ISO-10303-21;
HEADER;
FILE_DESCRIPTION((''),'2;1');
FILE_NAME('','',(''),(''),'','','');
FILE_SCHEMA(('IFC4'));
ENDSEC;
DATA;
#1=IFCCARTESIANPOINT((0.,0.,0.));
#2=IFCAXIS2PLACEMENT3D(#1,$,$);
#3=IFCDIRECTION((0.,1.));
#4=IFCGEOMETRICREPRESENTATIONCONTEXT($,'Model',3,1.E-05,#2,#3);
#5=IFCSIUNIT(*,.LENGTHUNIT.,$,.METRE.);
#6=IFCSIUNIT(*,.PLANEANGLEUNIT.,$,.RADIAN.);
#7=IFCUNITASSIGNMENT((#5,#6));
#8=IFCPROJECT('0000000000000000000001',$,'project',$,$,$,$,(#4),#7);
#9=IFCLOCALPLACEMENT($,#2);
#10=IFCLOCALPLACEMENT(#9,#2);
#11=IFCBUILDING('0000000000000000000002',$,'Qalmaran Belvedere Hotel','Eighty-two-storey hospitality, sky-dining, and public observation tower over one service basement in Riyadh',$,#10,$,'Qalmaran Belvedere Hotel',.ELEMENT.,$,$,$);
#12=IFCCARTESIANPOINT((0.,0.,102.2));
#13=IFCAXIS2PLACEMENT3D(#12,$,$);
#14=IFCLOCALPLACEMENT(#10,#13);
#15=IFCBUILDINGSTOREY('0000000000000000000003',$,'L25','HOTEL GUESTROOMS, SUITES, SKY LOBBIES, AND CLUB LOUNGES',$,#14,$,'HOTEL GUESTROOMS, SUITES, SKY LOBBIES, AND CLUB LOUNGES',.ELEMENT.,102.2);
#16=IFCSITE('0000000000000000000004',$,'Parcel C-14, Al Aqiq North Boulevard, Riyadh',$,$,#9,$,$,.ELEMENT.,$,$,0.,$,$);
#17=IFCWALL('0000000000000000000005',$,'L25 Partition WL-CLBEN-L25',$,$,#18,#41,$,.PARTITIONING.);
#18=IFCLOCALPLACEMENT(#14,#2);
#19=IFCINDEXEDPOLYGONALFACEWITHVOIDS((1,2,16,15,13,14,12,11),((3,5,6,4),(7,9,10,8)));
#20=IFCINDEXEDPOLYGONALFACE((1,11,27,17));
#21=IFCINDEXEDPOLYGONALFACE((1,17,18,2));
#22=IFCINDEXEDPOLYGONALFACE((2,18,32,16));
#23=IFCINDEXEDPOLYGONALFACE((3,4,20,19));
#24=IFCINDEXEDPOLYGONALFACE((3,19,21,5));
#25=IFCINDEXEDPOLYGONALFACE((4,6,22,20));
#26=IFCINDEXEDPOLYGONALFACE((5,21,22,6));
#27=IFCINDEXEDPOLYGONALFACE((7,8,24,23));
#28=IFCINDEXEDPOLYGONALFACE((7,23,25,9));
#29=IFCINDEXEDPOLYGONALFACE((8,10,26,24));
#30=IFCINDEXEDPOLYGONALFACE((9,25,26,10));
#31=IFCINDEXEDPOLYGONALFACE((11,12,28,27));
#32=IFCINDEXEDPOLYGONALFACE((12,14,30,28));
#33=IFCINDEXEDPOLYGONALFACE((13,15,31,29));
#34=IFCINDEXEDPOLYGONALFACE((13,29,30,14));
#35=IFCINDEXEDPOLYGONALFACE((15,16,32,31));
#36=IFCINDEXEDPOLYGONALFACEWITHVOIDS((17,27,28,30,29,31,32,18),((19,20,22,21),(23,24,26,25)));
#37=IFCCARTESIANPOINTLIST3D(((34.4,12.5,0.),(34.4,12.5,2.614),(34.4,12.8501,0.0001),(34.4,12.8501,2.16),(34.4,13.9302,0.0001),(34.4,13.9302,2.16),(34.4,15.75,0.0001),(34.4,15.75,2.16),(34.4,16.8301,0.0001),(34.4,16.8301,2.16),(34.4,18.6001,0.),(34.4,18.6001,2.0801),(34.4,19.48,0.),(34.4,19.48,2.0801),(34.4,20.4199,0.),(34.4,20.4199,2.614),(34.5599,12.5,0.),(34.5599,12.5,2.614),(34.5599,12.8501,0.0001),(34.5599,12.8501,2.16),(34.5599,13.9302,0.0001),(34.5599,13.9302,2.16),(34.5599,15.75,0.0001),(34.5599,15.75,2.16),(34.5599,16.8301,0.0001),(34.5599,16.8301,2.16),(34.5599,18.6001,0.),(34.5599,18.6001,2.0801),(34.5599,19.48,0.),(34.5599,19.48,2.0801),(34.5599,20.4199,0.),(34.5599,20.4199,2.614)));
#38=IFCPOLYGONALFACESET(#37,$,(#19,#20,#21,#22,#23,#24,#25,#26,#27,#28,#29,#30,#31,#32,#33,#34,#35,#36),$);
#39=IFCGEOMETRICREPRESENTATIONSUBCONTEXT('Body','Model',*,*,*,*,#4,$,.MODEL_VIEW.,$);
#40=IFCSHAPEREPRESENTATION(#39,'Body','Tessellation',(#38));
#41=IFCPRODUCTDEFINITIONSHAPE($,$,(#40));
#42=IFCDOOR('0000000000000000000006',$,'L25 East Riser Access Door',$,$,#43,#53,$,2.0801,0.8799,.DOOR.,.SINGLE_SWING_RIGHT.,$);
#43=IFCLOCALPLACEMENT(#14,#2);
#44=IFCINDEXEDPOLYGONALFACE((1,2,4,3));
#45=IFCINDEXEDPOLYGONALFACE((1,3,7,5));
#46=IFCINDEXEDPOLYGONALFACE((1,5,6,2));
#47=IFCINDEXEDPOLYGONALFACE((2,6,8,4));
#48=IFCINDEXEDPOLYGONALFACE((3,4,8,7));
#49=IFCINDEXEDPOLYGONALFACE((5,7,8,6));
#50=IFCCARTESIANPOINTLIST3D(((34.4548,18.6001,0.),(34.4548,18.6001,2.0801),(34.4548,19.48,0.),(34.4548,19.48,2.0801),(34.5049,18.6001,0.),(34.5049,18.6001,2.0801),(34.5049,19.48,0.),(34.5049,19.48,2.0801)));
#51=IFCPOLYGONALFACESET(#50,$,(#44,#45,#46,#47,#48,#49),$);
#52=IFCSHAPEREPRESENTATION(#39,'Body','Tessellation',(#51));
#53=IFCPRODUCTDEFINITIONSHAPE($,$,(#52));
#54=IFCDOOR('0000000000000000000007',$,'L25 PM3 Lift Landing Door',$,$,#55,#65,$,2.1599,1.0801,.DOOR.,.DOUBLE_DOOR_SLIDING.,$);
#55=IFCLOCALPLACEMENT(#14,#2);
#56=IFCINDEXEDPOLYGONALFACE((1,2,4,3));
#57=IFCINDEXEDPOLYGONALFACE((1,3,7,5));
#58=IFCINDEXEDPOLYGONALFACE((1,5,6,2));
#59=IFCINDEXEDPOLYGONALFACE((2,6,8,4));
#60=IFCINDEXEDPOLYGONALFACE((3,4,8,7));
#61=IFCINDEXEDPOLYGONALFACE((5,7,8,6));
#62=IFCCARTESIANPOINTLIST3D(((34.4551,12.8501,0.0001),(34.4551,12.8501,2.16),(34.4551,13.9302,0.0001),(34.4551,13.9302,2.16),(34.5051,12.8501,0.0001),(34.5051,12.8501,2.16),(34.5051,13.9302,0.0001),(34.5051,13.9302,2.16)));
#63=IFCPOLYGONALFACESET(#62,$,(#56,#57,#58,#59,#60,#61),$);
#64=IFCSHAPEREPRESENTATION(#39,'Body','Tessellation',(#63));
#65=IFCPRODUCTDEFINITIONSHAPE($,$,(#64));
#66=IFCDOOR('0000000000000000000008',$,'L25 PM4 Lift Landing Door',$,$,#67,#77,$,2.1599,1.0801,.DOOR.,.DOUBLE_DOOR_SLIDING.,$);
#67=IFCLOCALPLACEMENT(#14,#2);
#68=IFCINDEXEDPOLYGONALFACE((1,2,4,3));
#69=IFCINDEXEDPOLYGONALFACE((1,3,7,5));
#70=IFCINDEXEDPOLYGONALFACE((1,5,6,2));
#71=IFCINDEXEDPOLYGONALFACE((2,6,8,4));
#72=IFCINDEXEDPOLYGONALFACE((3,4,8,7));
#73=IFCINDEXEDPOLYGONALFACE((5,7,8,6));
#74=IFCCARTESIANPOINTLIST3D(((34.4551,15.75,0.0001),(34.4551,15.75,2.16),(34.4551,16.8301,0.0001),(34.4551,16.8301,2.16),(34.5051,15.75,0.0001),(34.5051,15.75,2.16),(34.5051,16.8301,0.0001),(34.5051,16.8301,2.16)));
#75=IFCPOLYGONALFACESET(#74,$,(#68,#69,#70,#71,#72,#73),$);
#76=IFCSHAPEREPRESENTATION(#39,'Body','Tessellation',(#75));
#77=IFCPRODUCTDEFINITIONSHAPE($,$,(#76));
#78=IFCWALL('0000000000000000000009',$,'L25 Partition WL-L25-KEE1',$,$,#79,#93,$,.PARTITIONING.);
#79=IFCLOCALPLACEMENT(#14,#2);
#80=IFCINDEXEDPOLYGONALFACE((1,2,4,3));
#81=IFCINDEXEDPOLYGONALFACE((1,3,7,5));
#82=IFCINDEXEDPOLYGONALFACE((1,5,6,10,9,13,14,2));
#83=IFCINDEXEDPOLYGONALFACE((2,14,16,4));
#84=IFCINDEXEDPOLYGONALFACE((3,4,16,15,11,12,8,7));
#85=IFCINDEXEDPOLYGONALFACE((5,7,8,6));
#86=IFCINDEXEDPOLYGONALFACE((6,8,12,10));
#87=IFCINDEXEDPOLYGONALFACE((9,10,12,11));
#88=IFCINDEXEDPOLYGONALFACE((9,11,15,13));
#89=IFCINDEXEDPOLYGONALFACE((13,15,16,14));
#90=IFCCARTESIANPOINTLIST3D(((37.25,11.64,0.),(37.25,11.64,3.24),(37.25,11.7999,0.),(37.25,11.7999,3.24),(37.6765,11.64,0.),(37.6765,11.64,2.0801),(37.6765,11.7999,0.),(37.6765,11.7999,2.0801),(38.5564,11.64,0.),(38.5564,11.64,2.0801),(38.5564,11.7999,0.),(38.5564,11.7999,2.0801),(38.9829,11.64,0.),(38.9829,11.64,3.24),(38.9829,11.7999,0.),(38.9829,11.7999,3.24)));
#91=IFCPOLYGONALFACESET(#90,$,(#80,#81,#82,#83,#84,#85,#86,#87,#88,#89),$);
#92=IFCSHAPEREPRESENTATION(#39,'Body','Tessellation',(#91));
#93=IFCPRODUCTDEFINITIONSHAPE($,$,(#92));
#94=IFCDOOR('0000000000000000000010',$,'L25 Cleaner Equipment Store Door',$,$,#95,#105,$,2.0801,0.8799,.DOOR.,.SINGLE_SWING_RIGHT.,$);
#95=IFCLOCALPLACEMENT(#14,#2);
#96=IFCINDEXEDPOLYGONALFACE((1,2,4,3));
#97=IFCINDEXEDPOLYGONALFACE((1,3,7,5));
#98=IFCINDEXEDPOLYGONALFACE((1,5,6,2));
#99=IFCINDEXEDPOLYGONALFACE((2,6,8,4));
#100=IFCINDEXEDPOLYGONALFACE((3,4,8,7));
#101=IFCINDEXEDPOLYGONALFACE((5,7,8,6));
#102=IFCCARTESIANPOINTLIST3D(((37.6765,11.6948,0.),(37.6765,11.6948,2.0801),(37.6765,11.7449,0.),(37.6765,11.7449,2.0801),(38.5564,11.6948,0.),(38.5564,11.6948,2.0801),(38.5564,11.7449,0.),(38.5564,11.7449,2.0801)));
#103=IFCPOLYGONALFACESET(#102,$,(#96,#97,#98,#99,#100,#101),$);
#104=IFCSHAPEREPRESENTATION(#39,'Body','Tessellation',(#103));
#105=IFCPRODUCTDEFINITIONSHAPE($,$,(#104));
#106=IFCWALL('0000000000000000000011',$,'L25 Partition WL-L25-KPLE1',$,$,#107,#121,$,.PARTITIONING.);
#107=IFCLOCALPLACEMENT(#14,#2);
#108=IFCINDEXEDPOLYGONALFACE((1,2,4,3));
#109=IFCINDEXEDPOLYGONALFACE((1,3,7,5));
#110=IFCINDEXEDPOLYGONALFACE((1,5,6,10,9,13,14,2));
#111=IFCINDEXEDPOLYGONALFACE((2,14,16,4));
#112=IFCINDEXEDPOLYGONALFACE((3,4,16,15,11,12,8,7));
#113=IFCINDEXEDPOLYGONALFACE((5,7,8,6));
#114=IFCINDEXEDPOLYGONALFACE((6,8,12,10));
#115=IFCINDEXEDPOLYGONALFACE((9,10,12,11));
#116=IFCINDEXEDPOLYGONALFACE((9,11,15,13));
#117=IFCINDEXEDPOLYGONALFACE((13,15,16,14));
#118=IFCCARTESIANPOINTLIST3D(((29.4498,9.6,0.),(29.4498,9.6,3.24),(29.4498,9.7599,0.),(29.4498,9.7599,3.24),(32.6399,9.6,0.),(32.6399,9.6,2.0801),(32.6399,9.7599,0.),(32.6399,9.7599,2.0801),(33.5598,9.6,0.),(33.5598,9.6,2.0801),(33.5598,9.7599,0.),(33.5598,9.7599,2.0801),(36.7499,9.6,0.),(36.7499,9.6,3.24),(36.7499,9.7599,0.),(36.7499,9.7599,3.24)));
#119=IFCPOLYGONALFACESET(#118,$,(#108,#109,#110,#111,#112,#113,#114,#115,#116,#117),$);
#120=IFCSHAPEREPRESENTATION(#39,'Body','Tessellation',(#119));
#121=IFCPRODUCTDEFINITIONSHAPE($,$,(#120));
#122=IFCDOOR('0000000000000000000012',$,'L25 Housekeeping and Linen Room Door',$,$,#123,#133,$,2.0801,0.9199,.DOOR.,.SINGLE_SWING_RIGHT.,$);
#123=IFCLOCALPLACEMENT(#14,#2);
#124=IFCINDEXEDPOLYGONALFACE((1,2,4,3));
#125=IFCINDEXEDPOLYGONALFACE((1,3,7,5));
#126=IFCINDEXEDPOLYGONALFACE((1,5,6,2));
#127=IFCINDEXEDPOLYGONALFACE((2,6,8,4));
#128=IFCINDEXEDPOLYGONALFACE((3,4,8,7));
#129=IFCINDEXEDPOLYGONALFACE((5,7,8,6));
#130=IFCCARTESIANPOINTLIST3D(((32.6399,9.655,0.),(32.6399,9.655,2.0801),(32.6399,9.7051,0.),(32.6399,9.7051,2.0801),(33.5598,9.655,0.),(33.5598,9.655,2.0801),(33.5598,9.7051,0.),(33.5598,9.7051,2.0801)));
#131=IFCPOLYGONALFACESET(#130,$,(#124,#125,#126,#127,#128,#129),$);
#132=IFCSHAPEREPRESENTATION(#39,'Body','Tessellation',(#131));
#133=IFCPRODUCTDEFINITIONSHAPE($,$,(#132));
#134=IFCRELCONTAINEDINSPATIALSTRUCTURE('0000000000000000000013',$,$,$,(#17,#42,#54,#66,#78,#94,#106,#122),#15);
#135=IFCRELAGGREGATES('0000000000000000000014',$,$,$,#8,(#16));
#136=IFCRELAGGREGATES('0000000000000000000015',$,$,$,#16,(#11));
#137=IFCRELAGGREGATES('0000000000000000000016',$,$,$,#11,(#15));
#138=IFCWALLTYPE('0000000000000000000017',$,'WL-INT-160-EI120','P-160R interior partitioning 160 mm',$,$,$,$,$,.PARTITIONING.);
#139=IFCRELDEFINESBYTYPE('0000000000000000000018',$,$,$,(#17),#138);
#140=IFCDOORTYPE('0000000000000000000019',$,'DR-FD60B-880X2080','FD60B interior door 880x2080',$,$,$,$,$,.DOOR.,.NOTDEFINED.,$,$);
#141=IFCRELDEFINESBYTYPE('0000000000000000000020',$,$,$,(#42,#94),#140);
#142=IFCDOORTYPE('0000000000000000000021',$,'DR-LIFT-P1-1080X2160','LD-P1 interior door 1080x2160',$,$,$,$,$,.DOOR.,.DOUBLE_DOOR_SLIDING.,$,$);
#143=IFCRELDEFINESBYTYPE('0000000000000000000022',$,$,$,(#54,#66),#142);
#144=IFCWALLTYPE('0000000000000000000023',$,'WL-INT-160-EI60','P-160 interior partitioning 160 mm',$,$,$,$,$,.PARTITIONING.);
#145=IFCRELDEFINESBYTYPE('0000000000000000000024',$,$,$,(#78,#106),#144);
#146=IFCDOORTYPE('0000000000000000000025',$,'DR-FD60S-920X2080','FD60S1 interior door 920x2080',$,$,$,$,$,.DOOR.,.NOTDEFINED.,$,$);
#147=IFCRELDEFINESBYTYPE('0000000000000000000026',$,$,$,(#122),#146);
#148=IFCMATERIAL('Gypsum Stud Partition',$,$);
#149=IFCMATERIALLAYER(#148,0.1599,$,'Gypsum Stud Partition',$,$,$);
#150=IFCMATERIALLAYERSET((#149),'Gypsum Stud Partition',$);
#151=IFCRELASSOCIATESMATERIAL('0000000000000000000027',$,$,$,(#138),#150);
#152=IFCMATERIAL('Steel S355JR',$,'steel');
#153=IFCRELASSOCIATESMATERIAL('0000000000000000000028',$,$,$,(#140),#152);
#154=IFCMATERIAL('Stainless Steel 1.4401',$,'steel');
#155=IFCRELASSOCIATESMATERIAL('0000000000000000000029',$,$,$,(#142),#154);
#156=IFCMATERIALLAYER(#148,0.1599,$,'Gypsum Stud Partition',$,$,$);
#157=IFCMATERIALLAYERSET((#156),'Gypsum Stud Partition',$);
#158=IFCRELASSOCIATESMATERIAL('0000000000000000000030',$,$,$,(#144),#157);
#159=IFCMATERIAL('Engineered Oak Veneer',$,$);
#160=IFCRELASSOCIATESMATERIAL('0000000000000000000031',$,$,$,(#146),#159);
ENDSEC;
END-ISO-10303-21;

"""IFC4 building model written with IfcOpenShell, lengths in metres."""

from ifc_helpers import new_model, si_unit, direction, frame, frame_2d, origin, place, context, subcontext, project, spatial, rectangle, extrude, material, layer, layer_set, type_object, element, fill, save


model = new_model("IFC4")

# Units and contexts
model_context = context("Model", 3, precision=1e-05, world=origin(), true_north=direction((0.0, 1.0)))
body_context = subcontext(model_context, "Body", "Model", "MODEL_VIEW")
ifc_project = project(units=[si_unit("LENGTHUNIT", "METRE"), si_unit("PLANEANGLEUNIT", "RADIAN")], contexts=[model_context])

# Site, building, storey
site_placement = place(None, origin())
site = spatial("IfcSite", under=ifc_project, at=site_placement, Name="Parcel C-14, Al Aqiq North Boulevard, Riyadh", CompositionType="ELEMENT", RefElevation=0.0)
building_placement = place(site_placement, origin())
building = spatial("IfcBuilding", under=site, at=building_placement, Name="Qalmaran Belvedere Hotel", Description="Eighty-two-storey hospitality, sky-dining, and public observation tower over one service basement in Riyadh", LongName="Qalmaran Belvedere Hotel", CompositionType="ELEMENT")
storey_placement = place(building_placement, frame((0.0, 0.0, 102.2)))
storey = spatial("IfcBuildingStorey", under=building, at=storey_placement, Name="L25", Description="HOTEL GUESTROOMS, SUITES, SKY LOBBIES, AND CLUB LOUNGES", LongName="HOTEL GUESTROOMS, SUITES, SKY LOBBIES, AND CLUB LOUNGES", CompositionType="ELEMENT", Elevation=102.2)

# Shared definitions
ifc_material_1 = material(Name="Steel S355JR", Category="steel")

# Shared definitions
ifc_material_2 = material(Name="Gypsum Stud Partition")
ifc_layer_1 = layer(ifc_material_2, 0.1599, Name="Gypsum Stud Partition")
ifc_layer_set_1 = layer_set([ifc_layer_1], Name="Gypsum Stud Partition")
wall_type_1 = type_object("IfcWallType", Name="WL-INT-160-EI120", Description="P-160R interior partitioning 160 mm", PredefinedType="PARTITIONING", material=ifc_layer_set_1)

# Wall, openings, doors
door_type_1 = type_object("IfcDoorType", Name="DR-FD60B-880X2080", Description="FD60B interior door 880x2080", OperationType="NOTDEFINED", PredefinedType="DOOR", material=ifc_material_1)
ifc_material_3 = material(Name="Stainless Steel 1.4401", Category="steel")
door_type_2 = type_object("IfcDoorType", Name="DR-LIFT-P1-1080X2160", Description="LD-P1 interior door 1080x2160", OperationType="DOUBLE_DOOR_SLIDING", PredefinedType="DOOR", material=ifc_material_3)
wall_1_placement = place(storey_placement, frame((34.48, 12.5, 0.0), z_axis=(0.0, 0.0, 1.0), x_axis=(0.0, 1.0, 0.0)))
wall_1 = element("IfcWall", 1, at=wall_1_placement, inside=storey, type_object=wall_type_1, Name="L25 Partition WL-CLBEN-L25", PredefinedType="PARTITIONING", context=body_context, shape_type="SweptSolid", body=[
    extrude(rectangle(XDim=7.9199, YDim=0.1599, at=frame_2d((3.96, 0.0))), origin(), (0.0, 0.0, 1.0), 2.614),
])
opening_1_placement = place(wall_1_placement, frame((0.3501, 0.0, 0.0)))
opening_1 = element("IfcOpeningElement", 2, at=opening_1_placement, cuts=wall_1, PredefinedType="OPENING", context=body_context, shape_type="SweptSolid", body=[
    extrude(rectangle(XDim=1.0801, YDim=2.1599, at=frame_2d((0.54, 1.0801))), frame((0.0, 0.0898, 0.0), z_axis=(0.0, -1.0, 0.0), x_axis=(1.0, 0.0, 0.0)), (0.0, 0.0, 1.0), 0.1799),
])
opening_2_placement = place(wall_1_placement, frame((3.25, 0.0, 0.0)))
opening_2 = element("IfcOpeningElement", 3, at=opening_2_placement, cuts=wall_1, PredefinedType="OPENING", context=body_context, shape_type="SweptSolid", body=[
    extrude(rectangle(XDim=1.0801, YDim=2.1599, at=frame_2d((0.54, 1.0801))), frame((0.0, 0.0898, 0.0), z_axis=(0.0, -1.0, 0.0), x_axis=(1.0, 0.0, 0.0)), (0.0, 0.0, 1.0), 0.1799),
])
opening_3_placement = place(wall_1_placement, frame((6.98, 0.0, 0.0), z_axis=(0.0, 0.0, 1.0), x_axis=(-1.0, 0.0, 0.0)))
opening_3 = element("IfcOpeningElement", 4, at=opening_3_placement, cuts=wall_1, PredefinedType="OPENING", context=body_context, shape_type="SweptSolid", body=[
    extrude(rectangle(XDim=0.8799, YDim=2.0801, at=frame_2d((0.4399, 1.04))), frame((0.0, 0.0898, 0.0), z_axis=(0.0, -1.0, 0.0), x_axis=(1.0, 0.0, 0.0)), (0.0, 0.0, 1.0), 0.1799),
])
door_1_placement = place(opening_3_placement, origin())
door_1 = element("IfcDoor", 5, at=door_1_placement, inside=storey, type_object=door_type_1, Name="L25 East Riser Access Door", OperationType="SINGLE_SWING_RIGHT", OverallHeight=2.0801, OverallWidth=0.8799, PredefinedType="DOOR", context=body_context, shape_type="SweptSolid", body=[
    extrude(rectangle(XDim=0.8799, YDim=2.0801, at=frame_2d((0.4399, 1.04))), frame((0.0, 0.0249, 0.0), z_axis=(0.0, -1.0, 0.0), x_axis=(1.0, 0.0, 0.0)), (0.0, 0.0, 1.0), 0.05),
])
fill(opening_3, door_1)
door_2_placement = place(opening_1_placement, origin())
door_2 = element("IfcDoor", 6, at=door_2_placement, inside=storey, type_object=door_type_2, Name="L25 PM3 Lift Landing Door", OperationType="DOUBLE_DOOR_SLIDING", OverallHeight=2.1599, OverallWidth=1.0801, PredefinedType="DOOR", context=body_context, shape_type="SweptSolid", body=[
    extrude(rectangle(XDim=1.0801, YDim=2.1599, at=frame_2d((0.54, 1.0801))), frame((0.0, 0.0249, 0.0), z_axis=(0.0, -1.0, 0.0), x_axis=(1.0, 0.0, 0.0)), (0.0, 0.0, 1.0), 0.05),
])
fill(opening_1, door_2)
door_3_placement = place(opening_2_placement, origin())
door_3 = element("IfcDoor", 7, at=door_3_placement, inside=storey, type_object=door_type_2, Name="L25 PM4 Lift Landing Door", OperationType="DOUBLE_DOOR_SLIDING", OverallHeight=2.1599, OverallWidth=1.0801, PredefinedType="DOOR", context=body_context, shape_type="SweptSolid", body=[
    extrude(rectangle(XDim=1.0801, YDim=2.1599, at=frame_2d((0.54, 1.0801))), frame((0.0, 0.0249, 0.0), z_axis=(0.0, -1.0, 0.0), x_axis=(1.0, 0.0, 0.0)), (0.0, 0.0, 1.0), 0.05),
])
fill(opening_2, door_3)

# Walls, openings, doors
ifc_layer_2 = layer(ifc_material_2, 0.1599, Name="Gypsum Stud Partition")
ifc_layer_set_2 = layer_set([ifc_layer_2], Name="Gypsum Stud Partition")
wall_type_2 = type_object("IfcWallType", Name="WL-INT-160-EI60", Description="P-160 interior partitioning 160 mm", PredefinedType="PARTITIONING", material=ifc_layer_set_2)
wall_2_placement = place(storey_placement, frame((37.25, 11.72, 0.0), z_axis=(0.0, 0.0, 1.0), x_axis=(1.0, 0.0, 0.0)))
wall_2 = element("IfcWall", 8, at=wall_2_placement, inside=storey, type_object=wall_type_2, Name="L25 Partition WL-L25-KEE1", PredefinedType="PARTITIONING", context=body_context, shape_type="SweptSolid", body=[
    extrude(rectangle(XDim=1.7329, YDim=0.1599, at=frame_2d((0.8665, 0.0))), origin(), (0.0, 0.0, 1.0), 3.24),
])
opening_4_placement = place(wall_2_placement, frame((0.4265, 0.0, 0.0)))
opening_4 = element("IfcOpeningElement", 9, at=opening_4_placement, cuts=wall_2, PredefinedType="OPENING", context=body_context, shape_type="SweptSolid", body=[
    extrude(rectangle(XDim=0.8799, YDim=2.0801, at=frame_2d((0.4399, 1.04))), frame((0.0, 0.0898, 0.0), z_axis=(0.0, -1.0, 0.0), x_axis=(1.0, 0.0, 0.0)), (0.0, 0.0, 1.0), 0.1799),
])
door_4_placement = place(opening_4_placement, origin())
door_4 = element("IfcDoor", 10, at=door_4_placement, inside=storey, type_object=door_type_1, Name="L25 Cleaner Equipment Store Door", OperationType="SINGLE_SWING_RIGHT", OverallHeight=2.0801, OverallWidth=0.8799, PredefinedType="DOOR", context=body_context, shape_type="SweptSolid", body=[
    extrude(rectangle(XDim=0.8799, YDim=2.0801, at=frame_2d((0.4399, 1.04))), frame((0.0, 0.0249, 0.0), z_axis=(0.0, -1.0, 0.0), x_axis=(1.0, 0.0, 0.0)), (0.0, 0.0, 1.0), 0.05),
])
fill(opening_4, door_4)
wall_3_placement = place(storey_placement, frame((29.45, 9.6799, 0.0), z_axis=(0.0, 0.0, 1.0), x_axis=(1.0, 0.0, 0.0)))
wall_3 = element("IfcWall", 11, at=wall_3_placement, inside=storey, type_object=wall_type_2, Name="L25 Partition WL-L25-KPLE1", PredefinedType="PARTITIONING", context=body_context, shape_type="SweptSolid", body=[
    extrude(rectangle(XDim=7.3, YDim=0.1599, at=frame_2d((3.6499, 0.0))), origin(), (0.0, 0.0, 1.0), 3.24),
])
opening_5_placement = place(wall_3_placement, frame((4.1099, 0.0, 0.0), z_axis=(0.0, 0.0, 1.0), x_axis=(-1.0, 0.0, 0.0)))
opening_5 = element("IfcOpeningElement", 12, at=opening_5_placement, cuts=wall_3, PredefinedType="OPENING", context=body_context, shape_type="SweptSolid", body=[
    extrude(rectangle(XDim=0.9199, YDim=2.0801, at=frame_2d((0.46, 1.04))), frame((0.0, 0.0898, 0.0), z_axis=(0.0, -1.0, 0.0), x_axis=(1.0, 0.0, 0.0)), (0.0, 0.0, 1.0), 0.1799),
])
ifc_material_4 = material(Name="Engineered Oak Veneer")
door_type_3 = type_object("IfcDoorType", Name="DR-FD60S-920X2080", Description="FD60S1 interior door 920x2080", OperationType="NOTDEFINED", PredefinedType="DOOR", material=ifc_material_4)
door_5_placement = place(opening_5_placement, origin())
door_5 = element("IfcDoor", 13, at=door_5_placement, inside=storey, type_object=door_type_3, Name="L25 Housekeeping and Linen Room Door", OperationType="SINGLE_SWING_RIGHT", OverallHeight=2.0801, OverallWidth=0.9199, PredefinedType="DOOR", context=body_context, shape_type="SweptSolid", body=[
    extrude(rectangle(XDim=0.9199, YDim=2.0801, at=frame_2d((0.46, 1.04))), frame((0.0, 0.0249, 0.0), z_axis=(0.0, -1.0, 0.0), x_axis=(1.0, 0.0, 0.0)), (0.0, 0.0, 1.0), 0.05),
])
fill(opening_5, door_5)

save(model, "model.ifc")
